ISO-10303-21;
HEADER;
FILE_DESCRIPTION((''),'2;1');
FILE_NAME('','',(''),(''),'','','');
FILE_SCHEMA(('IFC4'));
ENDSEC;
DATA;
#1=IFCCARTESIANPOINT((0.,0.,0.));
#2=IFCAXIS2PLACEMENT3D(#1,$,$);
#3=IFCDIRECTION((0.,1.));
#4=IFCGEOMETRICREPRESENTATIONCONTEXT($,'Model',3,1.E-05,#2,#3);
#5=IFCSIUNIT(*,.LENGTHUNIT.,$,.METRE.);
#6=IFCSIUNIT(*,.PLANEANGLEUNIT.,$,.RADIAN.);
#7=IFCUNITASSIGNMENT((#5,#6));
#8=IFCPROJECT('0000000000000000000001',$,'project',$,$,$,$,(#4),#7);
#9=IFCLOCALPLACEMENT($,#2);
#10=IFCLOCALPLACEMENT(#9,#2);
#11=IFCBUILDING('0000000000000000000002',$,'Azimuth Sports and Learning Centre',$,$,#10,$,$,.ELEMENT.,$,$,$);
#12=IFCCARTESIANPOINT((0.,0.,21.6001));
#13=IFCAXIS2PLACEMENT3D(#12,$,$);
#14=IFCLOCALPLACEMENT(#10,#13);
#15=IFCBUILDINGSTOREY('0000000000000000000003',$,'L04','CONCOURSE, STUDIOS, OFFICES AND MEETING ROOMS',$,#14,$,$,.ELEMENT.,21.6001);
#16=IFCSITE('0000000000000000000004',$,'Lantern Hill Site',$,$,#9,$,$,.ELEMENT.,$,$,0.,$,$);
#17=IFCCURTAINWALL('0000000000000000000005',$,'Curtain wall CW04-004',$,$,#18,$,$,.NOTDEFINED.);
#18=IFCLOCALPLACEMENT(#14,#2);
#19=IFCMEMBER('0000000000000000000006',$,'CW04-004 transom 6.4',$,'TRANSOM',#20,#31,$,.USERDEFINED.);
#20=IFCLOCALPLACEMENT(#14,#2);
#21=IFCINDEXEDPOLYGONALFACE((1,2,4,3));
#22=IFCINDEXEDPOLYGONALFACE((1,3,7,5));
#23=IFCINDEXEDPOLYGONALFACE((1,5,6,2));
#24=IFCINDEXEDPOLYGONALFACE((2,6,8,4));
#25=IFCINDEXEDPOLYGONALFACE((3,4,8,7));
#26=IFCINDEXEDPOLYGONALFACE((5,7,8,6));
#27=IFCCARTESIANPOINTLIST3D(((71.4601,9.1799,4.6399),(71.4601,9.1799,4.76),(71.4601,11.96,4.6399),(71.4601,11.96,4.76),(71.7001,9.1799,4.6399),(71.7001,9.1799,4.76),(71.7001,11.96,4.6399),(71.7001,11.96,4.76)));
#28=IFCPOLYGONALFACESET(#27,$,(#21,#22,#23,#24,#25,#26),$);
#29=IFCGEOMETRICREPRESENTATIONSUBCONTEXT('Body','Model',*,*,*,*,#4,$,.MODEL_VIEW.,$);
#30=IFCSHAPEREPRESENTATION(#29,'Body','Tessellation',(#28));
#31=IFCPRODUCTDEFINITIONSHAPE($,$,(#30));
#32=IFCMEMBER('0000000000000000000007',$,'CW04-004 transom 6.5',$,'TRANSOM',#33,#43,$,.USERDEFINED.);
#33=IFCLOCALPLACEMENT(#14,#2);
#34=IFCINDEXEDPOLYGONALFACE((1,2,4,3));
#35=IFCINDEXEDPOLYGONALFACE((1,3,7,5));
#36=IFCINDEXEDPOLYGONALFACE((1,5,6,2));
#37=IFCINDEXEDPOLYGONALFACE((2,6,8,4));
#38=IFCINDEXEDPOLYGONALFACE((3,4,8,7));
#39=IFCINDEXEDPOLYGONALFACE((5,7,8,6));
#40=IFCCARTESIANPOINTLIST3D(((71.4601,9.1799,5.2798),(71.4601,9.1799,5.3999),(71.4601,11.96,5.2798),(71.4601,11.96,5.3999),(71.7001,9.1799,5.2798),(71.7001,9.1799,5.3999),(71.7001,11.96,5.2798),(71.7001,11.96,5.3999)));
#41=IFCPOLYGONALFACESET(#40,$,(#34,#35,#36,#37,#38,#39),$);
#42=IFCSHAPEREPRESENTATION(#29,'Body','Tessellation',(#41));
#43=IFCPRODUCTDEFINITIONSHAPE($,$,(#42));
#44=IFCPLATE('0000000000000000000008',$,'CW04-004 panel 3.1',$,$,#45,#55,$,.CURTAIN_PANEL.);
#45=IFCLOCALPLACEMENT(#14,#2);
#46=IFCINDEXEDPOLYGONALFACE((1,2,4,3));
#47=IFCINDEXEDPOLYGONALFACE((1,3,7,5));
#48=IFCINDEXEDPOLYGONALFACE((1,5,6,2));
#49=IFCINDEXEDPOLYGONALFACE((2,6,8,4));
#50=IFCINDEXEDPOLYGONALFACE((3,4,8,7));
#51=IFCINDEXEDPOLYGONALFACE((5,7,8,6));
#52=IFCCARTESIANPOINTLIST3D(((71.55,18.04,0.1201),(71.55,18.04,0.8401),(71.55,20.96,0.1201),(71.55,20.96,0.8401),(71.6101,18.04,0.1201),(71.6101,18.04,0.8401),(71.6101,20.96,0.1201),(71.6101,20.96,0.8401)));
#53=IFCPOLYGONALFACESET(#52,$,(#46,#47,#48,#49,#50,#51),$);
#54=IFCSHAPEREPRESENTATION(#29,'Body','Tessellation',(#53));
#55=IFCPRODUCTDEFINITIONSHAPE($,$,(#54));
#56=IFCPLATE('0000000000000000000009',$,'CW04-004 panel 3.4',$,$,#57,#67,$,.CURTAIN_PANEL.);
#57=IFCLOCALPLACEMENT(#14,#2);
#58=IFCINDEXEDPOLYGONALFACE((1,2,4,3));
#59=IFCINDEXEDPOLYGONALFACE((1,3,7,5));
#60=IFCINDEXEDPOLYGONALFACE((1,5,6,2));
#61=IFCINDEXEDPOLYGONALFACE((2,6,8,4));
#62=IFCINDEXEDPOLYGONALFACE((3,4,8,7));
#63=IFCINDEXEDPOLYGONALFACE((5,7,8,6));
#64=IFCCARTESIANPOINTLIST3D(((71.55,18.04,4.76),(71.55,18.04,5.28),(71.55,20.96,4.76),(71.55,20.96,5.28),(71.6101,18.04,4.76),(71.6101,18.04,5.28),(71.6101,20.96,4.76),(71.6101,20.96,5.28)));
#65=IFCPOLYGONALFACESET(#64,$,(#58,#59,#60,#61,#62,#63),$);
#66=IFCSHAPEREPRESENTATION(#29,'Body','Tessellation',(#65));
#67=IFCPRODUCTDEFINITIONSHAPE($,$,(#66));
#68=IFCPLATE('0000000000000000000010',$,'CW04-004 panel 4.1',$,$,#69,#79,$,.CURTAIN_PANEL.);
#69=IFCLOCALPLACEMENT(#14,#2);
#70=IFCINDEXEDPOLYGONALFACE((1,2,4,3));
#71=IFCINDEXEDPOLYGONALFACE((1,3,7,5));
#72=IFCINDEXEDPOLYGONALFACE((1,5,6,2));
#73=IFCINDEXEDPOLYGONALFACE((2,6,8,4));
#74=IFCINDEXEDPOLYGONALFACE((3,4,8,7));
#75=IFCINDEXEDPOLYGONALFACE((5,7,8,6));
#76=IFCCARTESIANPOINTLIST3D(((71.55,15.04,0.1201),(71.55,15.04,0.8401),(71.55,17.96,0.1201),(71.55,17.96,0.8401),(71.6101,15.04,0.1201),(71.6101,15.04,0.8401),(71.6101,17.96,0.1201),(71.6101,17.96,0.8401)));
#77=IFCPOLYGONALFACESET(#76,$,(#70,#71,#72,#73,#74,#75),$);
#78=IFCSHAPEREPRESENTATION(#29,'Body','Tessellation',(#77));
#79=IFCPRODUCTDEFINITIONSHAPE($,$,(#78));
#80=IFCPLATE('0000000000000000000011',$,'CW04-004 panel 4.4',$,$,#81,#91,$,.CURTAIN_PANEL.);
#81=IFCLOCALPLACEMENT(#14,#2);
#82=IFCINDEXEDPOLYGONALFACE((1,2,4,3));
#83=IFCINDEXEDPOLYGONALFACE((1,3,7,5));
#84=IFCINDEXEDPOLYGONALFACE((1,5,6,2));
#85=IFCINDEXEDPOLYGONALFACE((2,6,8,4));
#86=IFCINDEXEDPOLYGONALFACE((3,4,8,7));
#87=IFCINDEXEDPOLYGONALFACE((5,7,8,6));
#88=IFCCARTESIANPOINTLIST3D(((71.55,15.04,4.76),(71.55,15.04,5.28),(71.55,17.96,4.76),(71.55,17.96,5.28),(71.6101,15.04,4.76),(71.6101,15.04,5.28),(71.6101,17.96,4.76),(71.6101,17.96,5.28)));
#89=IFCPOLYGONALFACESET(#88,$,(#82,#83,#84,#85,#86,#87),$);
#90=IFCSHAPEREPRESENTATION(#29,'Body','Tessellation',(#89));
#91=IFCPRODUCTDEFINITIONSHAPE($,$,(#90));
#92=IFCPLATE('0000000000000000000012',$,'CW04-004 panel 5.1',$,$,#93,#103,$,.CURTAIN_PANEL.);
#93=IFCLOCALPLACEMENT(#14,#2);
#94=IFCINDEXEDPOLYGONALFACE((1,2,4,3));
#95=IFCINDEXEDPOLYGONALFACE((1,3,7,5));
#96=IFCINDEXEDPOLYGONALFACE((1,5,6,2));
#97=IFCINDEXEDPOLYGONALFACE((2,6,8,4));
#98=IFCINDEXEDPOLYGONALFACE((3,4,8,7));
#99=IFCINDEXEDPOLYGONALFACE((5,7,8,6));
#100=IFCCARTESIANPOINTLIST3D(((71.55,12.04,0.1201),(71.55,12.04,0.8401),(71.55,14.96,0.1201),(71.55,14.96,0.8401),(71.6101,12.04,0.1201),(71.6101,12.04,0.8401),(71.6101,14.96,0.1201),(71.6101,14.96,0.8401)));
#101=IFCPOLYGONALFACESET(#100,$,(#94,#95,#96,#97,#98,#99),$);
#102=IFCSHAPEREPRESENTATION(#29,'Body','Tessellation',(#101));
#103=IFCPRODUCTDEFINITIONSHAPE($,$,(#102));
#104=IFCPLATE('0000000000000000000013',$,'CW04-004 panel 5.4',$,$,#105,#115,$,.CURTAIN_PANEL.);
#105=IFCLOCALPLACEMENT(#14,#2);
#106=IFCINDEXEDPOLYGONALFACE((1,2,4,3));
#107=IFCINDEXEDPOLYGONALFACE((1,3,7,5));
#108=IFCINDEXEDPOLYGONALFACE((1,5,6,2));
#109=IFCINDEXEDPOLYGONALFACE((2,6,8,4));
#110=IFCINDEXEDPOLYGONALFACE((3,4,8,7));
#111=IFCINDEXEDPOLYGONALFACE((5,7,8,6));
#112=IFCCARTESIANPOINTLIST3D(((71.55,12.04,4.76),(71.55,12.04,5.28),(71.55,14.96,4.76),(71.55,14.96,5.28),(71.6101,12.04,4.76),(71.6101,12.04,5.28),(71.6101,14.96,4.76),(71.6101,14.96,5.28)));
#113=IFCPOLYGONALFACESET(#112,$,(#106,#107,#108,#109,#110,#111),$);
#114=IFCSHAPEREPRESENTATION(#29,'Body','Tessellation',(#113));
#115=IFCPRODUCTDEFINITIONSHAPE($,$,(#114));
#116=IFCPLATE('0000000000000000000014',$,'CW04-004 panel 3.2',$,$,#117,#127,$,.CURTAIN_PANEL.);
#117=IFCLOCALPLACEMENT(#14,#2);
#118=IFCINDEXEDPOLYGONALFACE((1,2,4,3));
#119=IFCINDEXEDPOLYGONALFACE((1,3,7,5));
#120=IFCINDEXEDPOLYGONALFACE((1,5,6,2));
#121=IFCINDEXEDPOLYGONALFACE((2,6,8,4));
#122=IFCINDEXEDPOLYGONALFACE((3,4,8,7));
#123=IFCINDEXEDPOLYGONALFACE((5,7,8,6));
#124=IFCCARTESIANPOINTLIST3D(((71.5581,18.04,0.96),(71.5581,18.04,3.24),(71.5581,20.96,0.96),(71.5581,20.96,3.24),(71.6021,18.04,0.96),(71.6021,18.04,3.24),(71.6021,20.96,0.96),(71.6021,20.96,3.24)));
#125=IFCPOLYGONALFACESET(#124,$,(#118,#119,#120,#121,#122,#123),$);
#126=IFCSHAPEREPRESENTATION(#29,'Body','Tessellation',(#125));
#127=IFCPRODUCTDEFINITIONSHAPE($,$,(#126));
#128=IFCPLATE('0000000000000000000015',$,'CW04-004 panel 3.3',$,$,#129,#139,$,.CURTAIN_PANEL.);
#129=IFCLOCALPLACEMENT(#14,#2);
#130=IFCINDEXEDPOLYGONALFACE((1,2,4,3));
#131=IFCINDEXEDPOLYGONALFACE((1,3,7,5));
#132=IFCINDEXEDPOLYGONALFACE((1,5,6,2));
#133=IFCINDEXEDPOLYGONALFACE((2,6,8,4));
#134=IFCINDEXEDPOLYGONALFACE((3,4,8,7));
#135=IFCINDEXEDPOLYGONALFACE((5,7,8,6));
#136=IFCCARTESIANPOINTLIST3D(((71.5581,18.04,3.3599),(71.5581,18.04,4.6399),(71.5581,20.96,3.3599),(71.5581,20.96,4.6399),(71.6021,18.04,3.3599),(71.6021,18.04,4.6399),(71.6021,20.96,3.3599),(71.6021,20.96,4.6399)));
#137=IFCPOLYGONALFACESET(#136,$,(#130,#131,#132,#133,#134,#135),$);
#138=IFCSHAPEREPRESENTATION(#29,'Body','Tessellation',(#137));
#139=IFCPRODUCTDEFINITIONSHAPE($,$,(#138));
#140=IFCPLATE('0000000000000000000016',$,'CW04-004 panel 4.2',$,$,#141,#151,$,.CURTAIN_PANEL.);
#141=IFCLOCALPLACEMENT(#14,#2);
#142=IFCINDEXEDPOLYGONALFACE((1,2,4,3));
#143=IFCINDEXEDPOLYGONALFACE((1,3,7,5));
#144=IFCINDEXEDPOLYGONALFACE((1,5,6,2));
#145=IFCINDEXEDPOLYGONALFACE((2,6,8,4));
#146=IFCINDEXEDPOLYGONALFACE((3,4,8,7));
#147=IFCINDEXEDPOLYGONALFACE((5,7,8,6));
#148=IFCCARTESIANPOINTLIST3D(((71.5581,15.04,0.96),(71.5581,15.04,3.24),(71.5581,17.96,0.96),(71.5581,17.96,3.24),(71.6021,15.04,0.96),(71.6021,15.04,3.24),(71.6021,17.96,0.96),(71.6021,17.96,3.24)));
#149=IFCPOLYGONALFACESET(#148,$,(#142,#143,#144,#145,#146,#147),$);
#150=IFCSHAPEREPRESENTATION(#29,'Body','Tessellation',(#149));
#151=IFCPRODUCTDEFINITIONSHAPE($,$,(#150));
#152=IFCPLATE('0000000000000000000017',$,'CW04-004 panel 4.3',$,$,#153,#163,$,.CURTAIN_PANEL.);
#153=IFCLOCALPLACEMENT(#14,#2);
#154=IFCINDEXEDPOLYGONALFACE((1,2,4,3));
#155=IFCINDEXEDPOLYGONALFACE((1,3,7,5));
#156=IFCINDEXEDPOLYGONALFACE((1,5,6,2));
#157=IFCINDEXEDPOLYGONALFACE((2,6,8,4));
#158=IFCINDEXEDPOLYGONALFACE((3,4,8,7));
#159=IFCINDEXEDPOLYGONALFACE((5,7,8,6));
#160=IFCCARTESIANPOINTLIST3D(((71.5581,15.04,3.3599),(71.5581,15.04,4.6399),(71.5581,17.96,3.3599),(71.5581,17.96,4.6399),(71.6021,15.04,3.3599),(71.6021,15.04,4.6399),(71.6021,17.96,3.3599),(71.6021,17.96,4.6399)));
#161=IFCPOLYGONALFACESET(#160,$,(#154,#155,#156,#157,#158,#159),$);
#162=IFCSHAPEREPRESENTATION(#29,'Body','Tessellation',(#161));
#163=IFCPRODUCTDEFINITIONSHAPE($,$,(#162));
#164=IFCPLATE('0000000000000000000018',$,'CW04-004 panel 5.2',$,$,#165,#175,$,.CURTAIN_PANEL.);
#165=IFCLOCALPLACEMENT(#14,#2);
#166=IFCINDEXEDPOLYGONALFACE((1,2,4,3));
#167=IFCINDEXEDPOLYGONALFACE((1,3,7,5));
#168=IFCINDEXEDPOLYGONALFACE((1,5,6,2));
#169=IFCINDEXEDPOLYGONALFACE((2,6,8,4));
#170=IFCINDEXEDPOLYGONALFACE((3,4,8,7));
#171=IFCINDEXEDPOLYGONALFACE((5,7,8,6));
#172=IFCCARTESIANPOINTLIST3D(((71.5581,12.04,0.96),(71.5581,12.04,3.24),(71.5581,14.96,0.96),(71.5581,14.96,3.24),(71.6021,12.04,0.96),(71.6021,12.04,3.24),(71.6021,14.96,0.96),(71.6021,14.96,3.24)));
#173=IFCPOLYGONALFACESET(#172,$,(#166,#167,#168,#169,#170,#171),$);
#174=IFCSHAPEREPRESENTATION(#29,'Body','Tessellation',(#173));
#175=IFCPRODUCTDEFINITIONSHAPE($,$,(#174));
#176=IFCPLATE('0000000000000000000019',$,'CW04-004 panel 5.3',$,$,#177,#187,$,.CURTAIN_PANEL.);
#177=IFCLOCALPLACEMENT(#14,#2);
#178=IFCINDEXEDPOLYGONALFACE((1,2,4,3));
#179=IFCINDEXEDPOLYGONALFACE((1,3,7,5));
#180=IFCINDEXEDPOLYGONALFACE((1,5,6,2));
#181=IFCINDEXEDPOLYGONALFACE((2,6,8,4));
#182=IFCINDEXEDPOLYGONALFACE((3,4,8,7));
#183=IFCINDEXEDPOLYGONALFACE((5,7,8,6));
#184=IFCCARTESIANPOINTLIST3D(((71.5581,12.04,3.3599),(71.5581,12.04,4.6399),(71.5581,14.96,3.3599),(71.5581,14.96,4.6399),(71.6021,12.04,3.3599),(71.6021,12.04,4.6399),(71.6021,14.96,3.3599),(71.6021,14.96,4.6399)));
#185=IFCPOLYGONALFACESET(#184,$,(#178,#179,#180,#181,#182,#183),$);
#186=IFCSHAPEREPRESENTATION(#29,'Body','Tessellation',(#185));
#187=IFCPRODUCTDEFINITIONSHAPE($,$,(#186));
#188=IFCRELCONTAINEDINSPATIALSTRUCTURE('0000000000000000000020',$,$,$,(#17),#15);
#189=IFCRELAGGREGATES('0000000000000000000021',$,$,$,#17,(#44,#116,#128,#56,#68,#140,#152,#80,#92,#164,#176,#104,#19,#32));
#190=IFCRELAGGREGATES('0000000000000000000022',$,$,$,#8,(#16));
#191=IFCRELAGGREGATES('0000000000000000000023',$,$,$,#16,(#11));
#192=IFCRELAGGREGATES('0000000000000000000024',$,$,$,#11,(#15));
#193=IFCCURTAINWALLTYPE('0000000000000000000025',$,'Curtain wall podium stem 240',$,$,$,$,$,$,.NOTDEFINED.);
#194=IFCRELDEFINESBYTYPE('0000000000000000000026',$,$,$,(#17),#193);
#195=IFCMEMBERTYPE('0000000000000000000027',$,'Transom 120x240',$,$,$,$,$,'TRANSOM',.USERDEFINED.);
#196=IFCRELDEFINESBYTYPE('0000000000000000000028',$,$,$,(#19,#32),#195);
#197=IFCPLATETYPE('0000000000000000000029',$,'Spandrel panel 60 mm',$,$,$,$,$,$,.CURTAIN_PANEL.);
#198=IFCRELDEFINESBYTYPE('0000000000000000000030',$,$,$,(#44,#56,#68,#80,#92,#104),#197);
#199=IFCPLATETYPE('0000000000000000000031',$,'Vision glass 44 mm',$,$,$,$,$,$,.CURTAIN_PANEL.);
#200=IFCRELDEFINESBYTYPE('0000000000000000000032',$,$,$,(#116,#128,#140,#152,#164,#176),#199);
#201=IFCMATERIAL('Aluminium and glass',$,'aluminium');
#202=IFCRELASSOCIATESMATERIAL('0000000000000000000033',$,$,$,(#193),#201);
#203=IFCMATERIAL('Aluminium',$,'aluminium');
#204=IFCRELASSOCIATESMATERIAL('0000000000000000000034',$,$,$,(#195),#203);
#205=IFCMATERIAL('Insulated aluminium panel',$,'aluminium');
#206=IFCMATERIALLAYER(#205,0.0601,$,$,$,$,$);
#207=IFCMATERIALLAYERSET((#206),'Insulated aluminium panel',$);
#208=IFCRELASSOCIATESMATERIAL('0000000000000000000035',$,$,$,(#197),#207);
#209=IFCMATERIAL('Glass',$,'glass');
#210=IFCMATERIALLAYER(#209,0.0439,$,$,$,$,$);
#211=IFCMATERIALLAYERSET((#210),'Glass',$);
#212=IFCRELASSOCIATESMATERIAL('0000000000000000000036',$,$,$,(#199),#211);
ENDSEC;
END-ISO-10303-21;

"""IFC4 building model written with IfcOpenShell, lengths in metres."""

from ifc_helpers import new_model, si_unit, direction, frame, origin, origin_2d, place, context, subcontext, project, spatial, rectangle, extrude, material, layer, layer_set, material_profile, profile_set, type_object, element, aggregate, save


model = new_model("IFC4")

# Units and contexts
model_context = context("Model", 3, precision=1e-05, world=origin(), true_north=direction((0.0, 1.0)))
body_context = subcontext(model_context, "Body", "Model", "MODEL_VIEW")
ifc_project = project(units=[si_unit("LENGTHUNIT", "METRE"), si_unit("PLANEANGLEUNIT", "RADIAN")], contexts=[model_context])

# Site, building, storey
site_placement = place(None, origin())
site = spatial("IfcSite", under=ifc_project, at=site_placement, Name="Lantern Hill Site", CompositionType="ELEMENT", RefElevation=0.0)
building_placement = place(site_placement, origin())
building = spatial("IfcBuilding", under=site, at=building_placement, Name="Azimuth Sports and Learning Centre", CompositionType="ELEMENT")
storey_placement = place(building_placement, frame((0.0, 0.0, 21.6001)))
storey = spatial("IfcBuildingStorey", under=building, at=storey_placement, Name="L04", Description="CONCOURSE, STUDIOS, OFFICES AND MEETING ROOMS", CompositionType="ELEMENT", Elevation=21.6001)

# Curtain wall, members, plates
ifc_material_1 = material(Name="Aluminium and glass", Category="aluminium")
curtain_wall_type = type_object("IfcCurtainWallType", Name="Curtain wall podium stem 240", PredefinedType="NOTDEFINED", material=ifc_material_1)
curtain_wall_placement = place(storey_placement, origin())
curtain_wall = element("IfcCurtainWall", 1, at=curtain_wall_placement, inside=storey, type_object=curtain_wall_type, Name="Curtain wall CW04-004", PredefinedType="NOTDEFINED")
ifc_material_2 = material(Name="Aluminium", Category="aluminium")
ifc_material_profile_1 = material_profile(ifc_material_2, rectangle(XDim=0.24, YDim=0.1201, at=origin_2d()), Name="Transom 120x240")
ifc_profile_set_1 = profile_set([ifc_material_profile_1], Name="Aluminium")
member_type_1 = type_object("IfcMemberType", Name="Transom 120x240", ElementType="TRANSOM", PredefinedType="USERDEFINED", material=ifc_profile_set_1)
member_1_placement = place(storey_placement, frame((71.5801, 11.96, 4.7), z_axis=(0.0, -1.0, 0.0), x_axis=(1.0, 0.0, 0.0)))
member_1 = element("IfcMember", 2, at=member_1_placement, type_object=member_type_1, Name="CW04-004 transom 6.4", ObjectType="TRANSOM", PredefinedType="USERDEFINED", context=body_context, shape_type="SweptSolid", body=[
    extrude(rectangle(XDim=0.24, YDim=0.1201, at=origin_2d()), origin(), (0.0, 0.0, 1.0), 2.78),
])
member_2_placement = place(storey_placement, frame((71.5801, 11.96, 5.3398), z_axis=(0.0, -1.0, 0.0), x_axis=(1.0, 0.0, 0.0)))
member_2 = element("IfcMember", 3, at=member_2_placement, type_object=member_type_1, Name="CW04-004 transom 6.5", ObjectType="TRANSOM", PredefinedType="USERDEFINED", context=body_context, shape_type="SweptSolid", body=[
    extrude(rectangle(XDim=0.24, YDim=0.1201, at=origin_2d()), origin(), (0.0, 0.0, 1.0), 2.78),
])
ifc_material_3 = material(Name="Insulated aluminium panel", Category="aluminium")
ifc_layer_1 = layer(ifc_material_3, 0.0601)
ifc_layer_set_1 = layer_set([ifc_layer_1], Name="Insulated aluminium panel")
plate_type_1 = type_object("IfcPlateType", Name="Spandrel panel 60 mm", PredefinedType="CURTAIN_PANEL", material=ifc_layer_set_1)
plate_1_placement = place(storey_placement, frame((71.5801, 19.5, 0.1201), z_axis=(0.0, 0.0, 1.0), x_axis=(0.0, -1.0, 0.0)))
plate_1 = element("IfcPlate", 4, at=plate_1_placement, type_object=plate_type_1, Name="CW04-004 panel 3.1", PredefinedType="CURTAIN_PANEL", context=body_context, shape_type="SweptSolid", body=[
    extrude(rectangle(XDim=2.9199, YDim=0.0601, at=origin_2d()), origin(), (0.0, 0.0, 1.0), 0.72),
])
plate_2_placement = place(storey_placement, frame((71.5801, 19.5, 4.76), z_axis=(0.0, 0.0, 1.0), x_axis=(0.0, -1.0, 0.0)))
plate_2 = element("IfcPlate", 5, at=plate_2_placement, type_object=plate_type_1, Name="CW04-004 panel 3.4", PredefinedType="CURTAIN_PANEL", context=body_context, shape_type="SweptSolid", body=[
    extrude(rectangle(XDim=2.9199, YDim=0.0601, at=origin_2d()), origin(), (0.0, 0.0, 1.0), 0.52),
])
plate_3_placement = place(storey_placement, frame((71.5801, 16.5, 0.1201), z_axis=(0.0, 0.0, 1.0), x_axis=(0.0, -1.0, 0.0)))
plate_3 = element("IfcPlate", 6, at=plate_3_placement, type_object=plate_type_1, Name="CW04-004 panel 4.1", PredefinedType="CURTAIN_PANEL", context=body_context, shape_type="SweptSolid", body=[
    extrude(rectangle(XDim=2.9199, YDim=0.0601, at=origin_2d()), origin(), (0.0, 0.0, 1.0), 0.72),
])
plate_4_placement = place(storey_placement, frame((71.5801, 16.5, 4.76), z_axis=(0.0, 0.0, 1.0), x_axis=(0.0, -1.0, 0.0)))
plate_4 = element("IfcPlate", 7, at=plate_4_placement, type_object=plate_type_1, Name="CW04-004 panel 4.4", PredefinedType="CURTAIN_PANEL", context=body_context, shape_type="SweptSolid", body=[
    extrude(rectangle(XDim=2.9199, YDim=0.0601, at=origin_2d()), origin(), (0.0, 0.0, 1.0), 0.52),
])
plate_5_placement = place(storey_placement, frame((71.5801, 13.5, 0.1201), z_axis=(0.0, 0.0, 1.0), x_axis=(0.0, -1.0, 0.0)))
plate_5 = element("IfcPlate", 8, at=plate_5_placement, type_object=plate_type_1, Name="CW04-004 panel 5.1", PredefinedType="CURTAIN_PANEL", context=body_context, shape_type="SweptSolid", body=[
    extrude(rectangle(XDim=2.9199, YDim=0.0601, at=origin_2d()), origin(), (0.0, 0.0, 1.0), 0.72),
])
plate_6_placement = place(storey_placement, frame((71.5801, 13.5, 4.76), z_axis=(0.0, 0.0, 1.0), x_axis=(0.0, -1.0, 0.0)))
plate_6 = element("IfcPlate", 9, at=plate_6_placement, type_object=plate_type_1, Name="CW04-004 panel 5.4", PredefinedType="CURTAIN_PANEL", context=body_context, shape_type="SweptSolid", body=[
    extrude(rectangle(XDim=2.9199, YDim=0.0601, at=origin_2d()), origin(), (0.0, 0.0, 1.0), 0.52),
])
ifc_material_4 = material(Name="Glass", Category="glass")
ifc_layer_2 = layer(ifc_material_4, 0.0439)
ifc_layer_set_2 = layer_set([ifc_layer_2], Name="Glass")
plate_type_2 = type_object("IfcPlateType", Name="Vision glass 44 mm", PredefinedType="CURTAIN_PANEL", material=ifc_layer_set_2)
plate_7_placement = place(storey_placement, frame((71.5801, 19.5, 0.96), z_axis=(0.0, 0.0, 1.0), x_axis=(0.0, -1.0, 0.0)))
plate_7 = element("IfcPlate", 10, at=plate_7_placement, type_object=plate_type_2, Name="CW04-004 panel 3.2", PredefinedType="CURTAIN_PANEL", context=body_context, shape_type="SweptSolid", body=[
    extrude(rectangle(XDim=2.9199, YDim=0.0439, at=origin_2d()), origin(), (0.0, 0.0, 1.0), 2.28),
])
plate_8_placement = place(storey_placement, frame((71.5801, 19.5, 3.3599), z_axis=(0.0, 0.0, 1.0), x_axis=(0.0, -1.0, 0.0)))
plate_8 = element("IfcPlate", 11, at=plate_8_placement, type_object=plate_type_2, Name="CW04-004 panel 3.3", PredefinedType="CURTAIN_PANEL", context=body_context, shape_type="SweptSolid", body=[
    extrude(rectangle(XDim=2.9199, YDim=0.0439, at=origin_2d()), origin(), (0.0, 0.0, 1.0), 1.28),
])
plate_9_placement = place(storey_placement, frame((71.5801, 16.5, 0.96), z_axis=(0.0, 0.0, 1.0), x_axis=(0.0, -1.0, 0.0)))
plate_9 = element("IfcPlate", 12, at=plate_9_placement, type_object=plate_type_2, Name="CW04-004 panel 4.2", PredefinedType="CURTAIN_PANEL", context=body_context, shape_type="SweptSolid", body=[
    extrude(rectangle(XDim=2.9199, YDim=0.0439, at=origin_2d()), origin(), (0.0, 0.0, 1.0), 2.28),
])
plate_10_placement = place(storey_placement, frame((71.5801, 16.5, 3.3599), z_axis=(0.0, 0.0, 1.0), x_axis=(0.0, -1.0, 0.0)))
plate_10 = element("IfcPlate", 13, at=plate_10_placement, type_object=plate_type_2, Name="CW04-004 panel 4.3", PredefinedType="CURTAIN_PANEL", context=body_context, shape_type="SweptSolid", body=[
    extrude(rectangle(XDim=2.9199, YDim=0.0439, at=origin_2d()), origin(), (0.0, 0.0, 1.0), 1.28),
])
plate_11_placement = place(storey_placement, frame((71.5801, 13.5, 0.96), z_axis=(0.0, 0.0, 1.0), x_axis=(0.0, -1.0, 0.0)))
plate_11 = element("IfcPlate", 14, at=plate_11_placement, type_object=plate_type_2, Name="CW04-004 panel 5.2", PredefinedType="CURTAIN_PANEL", context=body_context, shape_type="SweptSolid", body=[
    extrude(rectangle(XDim=2.9199, YDim=0.0439, at=origin_2d()), origin(), (0.0, 0.0, 1.0), 2.28),
])
plate_12_placement = place(storey_placement, frame((71.5801, 13.5, 3.3599), z_axis=(0.0, 0.0, 1.0), x_axis=(0.0, -1.0, 0.0)))
plate_12 = element("IfcPlate", 15, at=plate_12_placement, type_object=plate_type_2, Name="CW04-004 panel 5.3", PredefinedType="CURTAIN_PANEL", context=body_context, shape_type="SweptSolid", body=[
    extrude(rectangle(XDim=2.9199, YDim=0.0439, at=origin_2d()), origin(), (0.0, 0.0, 1.0), 1.28),
])
aggregate(curtain_wall, [plate_1, plate_7, plate_8, plate_2, plate_3, plate_9, plate_10, plate_4, plate_5, plate_11, plate_12, plate_6, member_1, member_2])

save(model, "model.ifc")
